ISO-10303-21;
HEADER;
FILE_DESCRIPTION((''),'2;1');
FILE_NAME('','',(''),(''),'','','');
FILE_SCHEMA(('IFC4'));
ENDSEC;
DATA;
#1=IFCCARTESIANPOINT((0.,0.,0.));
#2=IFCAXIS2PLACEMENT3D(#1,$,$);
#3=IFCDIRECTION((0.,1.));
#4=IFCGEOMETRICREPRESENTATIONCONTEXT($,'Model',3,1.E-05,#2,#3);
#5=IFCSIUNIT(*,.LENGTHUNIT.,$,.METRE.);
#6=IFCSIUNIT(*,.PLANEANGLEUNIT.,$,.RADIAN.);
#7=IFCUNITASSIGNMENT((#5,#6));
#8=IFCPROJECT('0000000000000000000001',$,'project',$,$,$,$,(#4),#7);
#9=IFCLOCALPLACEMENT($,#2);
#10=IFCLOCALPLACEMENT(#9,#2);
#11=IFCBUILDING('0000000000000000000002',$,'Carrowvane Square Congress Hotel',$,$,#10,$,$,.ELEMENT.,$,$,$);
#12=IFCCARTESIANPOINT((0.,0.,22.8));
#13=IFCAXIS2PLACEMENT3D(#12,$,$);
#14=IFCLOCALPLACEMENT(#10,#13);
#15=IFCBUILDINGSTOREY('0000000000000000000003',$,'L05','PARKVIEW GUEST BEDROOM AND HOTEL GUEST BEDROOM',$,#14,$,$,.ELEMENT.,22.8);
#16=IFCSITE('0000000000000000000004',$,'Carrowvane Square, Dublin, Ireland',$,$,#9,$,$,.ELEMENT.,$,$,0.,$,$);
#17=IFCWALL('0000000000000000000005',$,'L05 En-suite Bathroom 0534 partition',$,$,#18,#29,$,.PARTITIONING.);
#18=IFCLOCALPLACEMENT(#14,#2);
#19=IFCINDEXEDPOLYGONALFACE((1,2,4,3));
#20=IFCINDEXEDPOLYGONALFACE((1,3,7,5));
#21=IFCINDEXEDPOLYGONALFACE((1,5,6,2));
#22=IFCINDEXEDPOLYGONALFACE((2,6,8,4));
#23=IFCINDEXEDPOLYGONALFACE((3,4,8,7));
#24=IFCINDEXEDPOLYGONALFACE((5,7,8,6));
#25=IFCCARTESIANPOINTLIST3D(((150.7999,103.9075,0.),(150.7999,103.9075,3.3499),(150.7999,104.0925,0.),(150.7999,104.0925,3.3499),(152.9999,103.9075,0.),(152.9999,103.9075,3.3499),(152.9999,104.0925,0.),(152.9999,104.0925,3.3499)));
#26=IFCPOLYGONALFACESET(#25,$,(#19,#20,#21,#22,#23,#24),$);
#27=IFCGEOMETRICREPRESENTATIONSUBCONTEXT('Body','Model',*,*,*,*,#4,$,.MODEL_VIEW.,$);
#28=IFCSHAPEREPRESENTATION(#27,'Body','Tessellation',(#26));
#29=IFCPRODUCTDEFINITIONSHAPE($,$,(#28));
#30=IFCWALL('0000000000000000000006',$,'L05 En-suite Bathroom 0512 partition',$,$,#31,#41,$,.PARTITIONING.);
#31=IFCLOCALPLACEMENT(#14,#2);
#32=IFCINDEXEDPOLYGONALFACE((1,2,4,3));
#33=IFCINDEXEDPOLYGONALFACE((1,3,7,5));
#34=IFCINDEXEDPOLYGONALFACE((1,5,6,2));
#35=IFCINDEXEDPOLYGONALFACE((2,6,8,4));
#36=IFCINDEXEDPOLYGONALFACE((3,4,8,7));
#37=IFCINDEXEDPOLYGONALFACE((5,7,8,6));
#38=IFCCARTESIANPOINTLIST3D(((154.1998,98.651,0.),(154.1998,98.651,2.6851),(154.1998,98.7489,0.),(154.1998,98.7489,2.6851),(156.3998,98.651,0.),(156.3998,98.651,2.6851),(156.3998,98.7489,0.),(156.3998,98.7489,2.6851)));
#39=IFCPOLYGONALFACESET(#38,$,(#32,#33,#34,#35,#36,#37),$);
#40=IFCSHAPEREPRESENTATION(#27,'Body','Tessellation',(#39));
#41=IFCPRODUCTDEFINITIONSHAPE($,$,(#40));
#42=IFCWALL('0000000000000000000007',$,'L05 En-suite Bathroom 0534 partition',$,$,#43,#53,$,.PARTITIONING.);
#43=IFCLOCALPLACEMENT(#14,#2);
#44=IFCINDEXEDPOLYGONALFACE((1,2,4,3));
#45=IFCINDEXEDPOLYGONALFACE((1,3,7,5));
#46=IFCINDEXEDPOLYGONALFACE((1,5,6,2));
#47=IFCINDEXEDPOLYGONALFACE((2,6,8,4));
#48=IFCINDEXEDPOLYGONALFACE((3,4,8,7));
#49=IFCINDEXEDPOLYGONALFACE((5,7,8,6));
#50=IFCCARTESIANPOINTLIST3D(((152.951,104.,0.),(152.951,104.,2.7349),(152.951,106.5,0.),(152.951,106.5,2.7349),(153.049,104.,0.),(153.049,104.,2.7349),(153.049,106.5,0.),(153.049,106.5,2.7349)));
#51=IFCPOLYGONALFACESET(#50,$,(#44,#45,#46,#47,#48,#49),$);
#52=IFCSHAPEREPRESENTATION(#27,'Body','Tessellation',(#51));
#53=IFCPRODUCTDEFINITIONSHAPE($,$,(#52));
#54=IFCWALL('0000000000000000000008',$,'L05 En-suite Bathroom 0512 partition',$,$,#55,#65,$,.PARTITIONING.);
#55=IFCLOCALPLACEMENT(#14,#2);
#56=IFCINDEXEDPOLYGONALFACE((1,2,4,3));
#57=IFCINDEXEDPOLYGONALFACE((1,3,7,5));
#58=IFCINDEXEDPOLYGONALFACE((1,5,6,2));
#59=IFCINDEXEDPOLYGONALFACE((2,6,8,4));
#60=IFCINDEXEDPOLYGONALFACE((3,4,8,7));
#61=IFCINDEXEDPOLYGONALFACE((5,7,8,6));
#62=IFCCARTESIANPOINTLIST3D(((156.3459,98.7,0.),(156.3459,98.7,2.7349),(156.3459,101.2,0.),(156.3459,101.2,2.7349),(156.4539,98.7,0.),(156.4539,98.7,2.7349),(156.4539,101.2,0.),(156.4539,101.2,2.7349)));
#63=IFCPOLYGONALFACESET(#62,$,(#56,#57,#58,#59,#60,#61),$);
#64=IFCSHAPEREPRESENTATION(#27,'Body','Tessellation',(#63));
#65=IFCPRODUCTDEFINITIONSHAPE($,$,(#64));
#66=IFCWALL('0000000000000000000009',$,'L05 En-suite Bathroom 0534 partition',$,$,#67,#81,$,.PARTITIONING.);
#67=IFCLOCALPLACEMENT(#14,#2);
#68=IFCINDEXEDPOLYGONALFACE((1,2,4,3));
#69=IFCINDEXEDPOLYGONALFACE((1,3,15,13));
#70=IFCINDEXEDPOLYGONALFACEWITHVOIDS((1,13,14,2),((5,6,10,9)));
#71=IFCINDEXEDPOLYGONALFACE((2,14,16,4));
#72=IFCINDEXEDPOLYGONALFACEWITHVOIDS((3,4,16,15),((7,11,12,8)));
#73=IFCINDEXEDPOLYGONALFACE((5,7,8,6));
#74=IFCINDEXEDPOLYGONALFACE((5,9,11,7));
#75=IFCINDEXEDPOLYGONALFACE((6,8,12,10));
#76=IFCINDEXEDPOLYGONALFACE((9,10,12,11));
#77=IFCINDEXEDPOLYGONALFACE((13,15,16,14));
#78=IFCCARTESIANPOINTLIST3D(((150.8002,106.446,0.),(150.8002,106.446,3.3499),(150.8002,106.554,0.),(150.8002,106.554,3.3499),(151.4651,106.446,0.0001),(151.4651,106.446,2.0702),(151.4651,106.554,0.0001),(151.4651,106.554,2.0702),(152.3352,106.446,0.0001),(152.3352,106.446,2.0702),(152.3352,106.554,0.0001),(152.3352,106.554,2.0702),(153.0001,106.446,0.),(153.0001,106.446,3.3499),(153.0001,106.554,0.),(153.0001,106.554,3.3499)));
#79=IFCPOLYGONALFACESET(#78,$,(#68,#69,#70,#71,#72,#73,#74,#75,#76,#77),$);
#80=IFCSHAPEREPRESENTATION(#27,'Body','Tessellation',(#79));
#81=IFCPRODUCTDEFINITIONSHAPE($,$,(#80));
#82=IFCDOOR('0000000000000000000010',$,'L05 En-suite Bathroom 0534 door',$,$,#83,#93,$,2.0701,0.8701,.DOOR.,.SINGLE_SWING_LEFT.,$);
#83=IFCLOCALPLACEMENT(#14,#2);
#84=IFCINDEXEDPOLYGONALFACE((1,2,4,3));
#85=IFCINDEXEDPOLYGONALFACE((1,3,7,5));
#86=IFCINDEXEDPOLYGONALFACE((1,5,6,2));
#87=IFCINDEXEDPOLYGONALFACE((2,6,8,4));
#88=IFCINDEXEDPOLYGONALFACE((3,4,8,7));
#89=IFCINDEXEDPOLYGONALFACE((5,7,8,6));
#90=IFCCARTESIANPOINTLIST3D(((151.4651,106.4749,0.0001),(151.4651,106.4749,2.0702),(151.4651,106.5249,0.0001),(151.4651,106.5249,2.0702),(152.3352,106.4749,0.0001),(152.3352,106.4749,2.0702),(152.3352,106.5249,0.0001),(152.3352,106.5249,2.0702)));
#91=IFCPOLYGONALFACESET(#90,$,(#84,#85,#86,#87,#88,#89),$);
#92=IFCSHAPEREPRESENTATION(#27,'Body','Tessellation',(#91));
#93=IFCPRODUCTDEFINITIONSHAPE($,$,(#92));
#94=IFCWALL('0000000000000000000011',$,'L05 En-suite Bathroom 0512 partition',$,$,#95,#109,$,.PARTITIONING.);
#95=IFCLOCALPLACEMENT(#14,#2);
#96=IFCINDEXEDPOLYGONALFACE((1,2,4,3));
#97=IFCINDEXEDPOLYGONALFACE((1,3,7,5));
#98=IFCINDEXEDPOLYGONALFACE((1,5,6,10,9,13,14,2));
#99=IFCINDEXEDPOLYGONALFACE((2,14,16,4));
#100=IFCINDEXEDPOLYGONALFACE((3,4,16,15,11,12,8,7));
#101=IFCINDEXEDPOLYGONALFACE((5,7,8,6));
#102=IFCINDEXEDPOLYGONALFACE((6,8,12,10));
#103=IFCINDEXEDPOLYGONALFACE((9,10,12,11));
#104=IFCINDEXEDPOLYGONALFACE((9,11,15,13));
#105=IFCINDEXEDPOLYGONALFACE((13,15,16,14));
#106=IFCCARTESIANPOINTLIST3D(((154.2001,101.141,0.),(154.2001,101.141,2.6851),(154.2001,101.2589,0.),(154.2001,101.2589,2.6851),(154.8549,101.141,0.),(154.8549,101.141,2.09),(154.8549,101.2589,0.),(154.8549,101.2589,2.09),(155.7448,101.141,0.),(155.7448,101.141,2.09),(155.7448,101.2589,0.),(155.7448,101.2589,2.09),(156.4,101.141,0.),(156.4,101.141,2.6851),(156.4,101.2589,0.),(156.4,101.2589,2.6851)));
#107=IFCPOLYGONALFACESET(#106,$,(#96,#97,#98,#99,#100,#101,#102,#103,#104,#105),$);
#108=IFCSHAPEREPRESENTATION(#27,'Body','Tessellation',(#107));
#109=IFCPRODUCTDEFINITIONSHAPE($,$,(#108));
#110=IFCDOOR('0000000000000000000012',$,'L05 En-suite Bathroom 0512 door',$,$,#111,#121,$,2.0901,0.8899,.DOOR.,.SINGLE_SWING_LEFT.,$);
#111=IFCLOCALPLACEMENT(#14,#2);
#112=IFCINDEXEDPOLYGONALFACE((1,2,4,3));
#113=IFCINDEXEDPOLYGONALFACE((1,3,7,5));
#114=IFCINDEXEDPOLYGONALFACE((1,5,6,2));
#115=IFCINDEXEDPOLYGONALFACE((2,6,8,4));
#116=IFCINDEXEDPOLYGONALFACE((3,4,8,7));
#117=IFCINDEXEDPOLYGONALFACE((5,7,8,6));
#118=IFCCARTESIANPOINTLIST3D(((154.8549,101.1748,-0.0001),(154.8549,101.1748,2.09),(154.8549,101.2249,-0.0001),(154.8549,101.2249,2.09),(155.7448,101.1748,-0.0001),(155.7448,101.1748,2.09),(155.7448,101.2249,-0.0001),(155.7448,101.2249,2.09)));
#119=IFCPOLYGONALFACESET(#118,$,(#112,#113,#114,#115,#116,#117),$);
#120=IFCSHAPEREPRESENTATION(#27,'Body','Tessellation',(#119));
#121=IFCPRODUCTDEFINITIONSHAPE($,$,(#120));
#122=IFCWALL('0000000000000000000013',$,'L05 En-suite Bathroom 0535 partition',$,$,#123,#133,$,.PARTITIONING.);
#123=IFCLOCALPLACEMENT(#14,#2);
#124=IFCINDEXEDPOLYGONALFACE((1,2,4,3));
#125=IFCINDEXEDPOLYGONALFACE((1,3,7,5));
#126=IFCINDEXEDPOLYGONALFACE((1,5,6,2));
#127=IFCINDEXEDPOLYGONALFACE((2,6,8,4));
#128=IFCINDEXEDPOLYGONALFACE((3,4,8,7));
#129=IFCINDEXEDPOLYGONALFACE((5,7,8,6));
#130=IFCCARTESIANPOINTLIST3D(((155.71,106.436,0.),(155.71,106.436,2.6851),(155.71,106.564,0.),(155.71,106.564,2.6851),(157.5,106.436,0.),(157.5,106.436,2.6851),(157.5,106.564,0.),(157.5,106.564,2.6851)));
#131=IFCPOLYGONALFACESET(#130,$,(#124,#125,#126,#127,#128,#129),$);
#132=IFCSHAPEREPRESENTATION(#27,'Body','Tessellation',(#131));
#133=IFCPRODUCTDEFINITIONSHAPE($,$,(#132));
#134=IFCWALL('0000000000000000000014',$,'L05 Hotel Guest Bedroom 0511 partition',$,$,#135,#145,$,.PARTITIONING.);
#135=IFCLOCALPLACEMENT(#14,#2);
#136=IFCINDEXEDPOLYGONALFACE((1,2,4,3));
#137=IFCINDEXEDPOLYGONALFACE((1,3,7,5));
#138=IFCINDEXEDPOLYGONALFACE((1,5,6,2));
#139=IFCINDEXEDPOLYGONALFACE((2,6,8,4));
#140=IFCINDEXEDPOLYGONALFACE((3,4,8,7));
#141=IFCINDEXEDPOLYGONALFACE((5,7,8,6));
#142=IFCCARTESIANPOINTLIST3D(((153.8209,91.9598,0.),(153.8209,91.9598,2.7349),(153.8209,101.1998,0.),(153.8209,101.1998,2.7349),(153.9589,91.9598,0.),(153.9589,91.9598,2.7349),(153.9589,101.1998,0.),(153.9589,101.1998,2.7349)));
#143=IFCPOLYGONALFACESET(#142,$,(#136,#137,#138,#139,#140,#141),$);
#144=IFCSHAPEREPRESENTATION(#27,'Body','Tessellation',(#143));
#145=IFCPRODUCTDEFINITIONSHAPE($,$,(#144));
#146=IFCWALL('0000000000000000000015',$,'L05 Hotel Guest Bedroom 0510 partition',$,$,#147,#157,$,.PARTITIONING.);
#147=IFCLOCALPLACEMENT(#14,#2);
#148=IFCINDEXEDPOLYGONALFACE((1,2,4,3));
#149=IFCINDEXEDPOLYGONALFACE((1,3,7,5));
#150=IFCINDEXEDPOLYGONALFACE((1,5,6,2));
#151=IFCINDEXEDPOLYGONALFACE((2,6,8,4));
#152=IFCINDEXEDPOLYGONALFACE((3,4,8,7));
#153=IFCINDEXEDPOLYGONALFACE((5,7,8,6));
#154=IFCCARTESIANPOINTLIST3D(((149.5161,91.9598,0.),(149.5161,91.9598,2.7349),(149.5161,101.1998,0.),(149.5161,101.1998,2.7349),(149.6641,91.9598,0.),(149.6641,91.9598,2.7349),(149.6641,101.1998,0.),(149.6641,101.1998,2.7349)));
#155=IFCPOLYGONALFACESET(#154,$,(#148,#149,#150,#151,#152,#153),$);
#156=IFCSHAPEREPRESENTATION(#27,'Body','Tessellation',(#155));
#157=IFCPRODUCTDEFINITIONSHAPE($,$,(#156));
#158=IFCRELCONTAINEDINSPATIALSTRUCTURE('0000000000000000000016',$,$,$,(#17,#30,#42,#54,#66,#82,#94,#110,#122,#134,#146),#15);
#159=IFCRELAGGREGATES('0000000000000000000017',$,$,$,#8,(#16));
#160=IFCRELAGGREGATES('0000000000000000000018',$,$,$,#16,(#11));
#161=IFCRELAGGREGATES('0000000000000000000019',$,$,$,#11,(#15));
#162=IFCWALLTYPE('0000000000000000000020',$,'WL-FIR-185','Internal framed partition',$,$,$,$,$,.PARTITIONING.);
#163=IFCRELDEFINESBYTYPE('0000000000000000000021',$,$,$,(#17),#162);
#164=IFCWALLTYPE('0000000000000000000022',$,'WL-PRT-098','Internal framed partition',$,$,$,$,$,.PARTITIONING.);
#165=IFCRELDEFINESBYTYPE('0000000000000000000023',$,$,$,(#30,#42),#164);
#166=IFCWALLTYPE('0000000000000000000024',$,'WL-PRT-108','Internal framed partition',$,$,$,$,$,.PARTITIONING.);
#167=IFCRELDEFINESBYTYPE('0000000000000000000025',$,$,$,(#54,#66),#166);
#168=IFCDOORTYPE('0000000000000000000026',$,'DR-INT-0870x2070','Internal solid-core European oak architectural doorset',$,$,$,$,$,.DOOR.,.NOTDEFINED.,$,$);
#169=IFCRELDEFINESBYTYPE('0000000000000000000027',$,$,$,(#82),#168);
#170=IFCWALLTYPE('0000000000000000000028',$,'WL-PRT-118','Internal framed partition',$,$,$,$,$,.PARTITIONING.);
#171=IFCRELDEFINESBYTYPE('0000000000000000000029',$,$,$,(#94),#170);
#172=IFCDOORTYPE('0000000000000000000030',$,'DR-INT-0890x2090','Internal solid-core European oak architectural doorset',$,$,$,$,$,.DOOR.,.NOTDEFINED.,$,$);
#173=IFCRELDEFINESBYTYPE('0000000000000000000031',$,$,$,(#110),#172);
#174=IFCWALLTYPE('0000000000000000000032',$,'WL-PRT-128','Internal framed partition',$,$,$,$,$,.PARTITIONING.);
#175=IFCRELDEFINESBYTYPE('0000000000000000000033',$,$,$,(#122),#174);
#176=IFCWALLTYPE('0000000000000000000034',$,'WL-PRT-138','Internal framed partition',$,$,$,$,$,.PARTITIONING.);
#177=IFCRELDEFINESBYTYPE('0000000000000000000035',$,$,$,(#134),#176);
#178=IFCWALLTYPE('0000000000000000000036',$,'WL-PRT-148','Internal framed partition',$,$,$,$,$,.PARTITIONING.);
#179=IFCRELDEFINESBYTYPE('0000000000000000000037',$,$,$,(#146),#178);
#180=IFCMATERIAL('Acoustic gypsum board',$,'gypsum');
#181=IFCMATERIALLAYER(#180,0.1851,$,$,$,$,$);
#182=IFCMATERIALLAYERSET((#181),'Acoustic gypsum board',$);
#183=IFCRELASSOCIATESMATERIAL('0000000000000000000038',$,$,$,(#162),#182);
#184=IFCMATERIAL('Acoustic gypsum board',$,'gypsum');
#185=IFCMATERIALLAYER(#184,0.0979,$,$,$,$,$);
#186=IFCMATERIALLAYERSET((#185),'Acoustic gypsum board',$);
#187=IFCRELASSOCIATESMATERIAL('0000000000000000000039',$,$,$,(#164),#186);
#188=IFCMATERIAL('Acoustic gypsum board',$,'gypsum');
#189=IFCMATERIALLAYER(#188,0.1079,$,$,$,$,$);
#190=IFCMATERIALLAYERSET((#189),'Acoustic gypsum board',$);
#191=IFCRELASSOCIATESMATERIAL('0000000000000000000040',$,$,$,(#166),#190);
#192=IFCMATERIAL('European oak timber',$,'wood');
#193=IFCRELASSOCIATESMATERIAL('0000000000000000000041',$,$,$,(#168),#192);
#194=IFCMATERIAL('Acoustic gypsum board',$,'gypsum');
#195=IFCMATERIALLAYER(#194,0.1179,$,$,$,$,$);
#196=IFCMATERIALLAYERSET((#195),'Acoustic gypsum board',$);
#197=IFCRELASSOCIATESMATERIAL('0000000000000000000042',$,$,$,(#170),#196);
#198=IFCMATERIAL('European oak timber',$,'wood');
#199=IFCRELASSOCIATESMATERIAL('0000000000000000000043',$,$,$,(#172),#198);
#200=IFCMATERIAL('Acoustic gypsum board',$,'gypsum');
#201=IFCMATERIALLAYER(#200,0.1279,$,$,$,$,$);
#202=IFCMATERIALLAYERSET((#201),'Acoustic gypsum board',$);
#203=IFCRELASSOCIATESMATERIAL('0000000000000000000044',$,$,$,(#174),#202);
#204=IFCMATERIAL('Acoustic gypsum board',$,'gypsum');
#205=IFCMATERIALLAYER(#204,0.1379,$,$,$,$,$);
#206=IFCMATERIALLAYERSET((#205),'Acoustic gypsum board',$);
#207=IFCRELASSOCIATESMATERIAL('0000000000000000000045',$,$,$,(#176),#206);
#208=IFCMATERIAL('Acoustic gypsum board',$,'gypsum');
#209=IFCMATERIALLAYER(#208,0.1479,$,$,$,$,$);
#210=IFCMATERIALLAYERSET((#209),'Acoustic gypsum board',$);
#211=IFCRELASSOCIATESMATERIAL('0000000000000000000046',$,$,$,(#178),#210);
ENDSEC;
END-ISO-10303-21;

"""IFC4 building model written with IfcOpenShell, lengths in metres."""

from ifc_helpers import new_model, si_unit, direction, frame, frame_2d, origin, place, context, subcontext, project, spatial, rectangle, extrude, material, layer, layer_set, type_object, element, fill, save


model = new_model("IFC4")

# Units and contexts
model_context = context("Model", 3, precision=1e-05, world=origin(), true_north=direction((0.0, 1.0)))
body_context = subcontext(model_context, "Body", "Model", "MODEL_VIEW")
ifc_project = project(units=[si_unit("LENGTHUNIT", "METRE"), si_unit("PLANEANGLEUNIT", "RADIAN")], contexts=[model_context])

# Site, building, storey
site_placement = place(None, origin())
site = spatial("IfcSite", under=ifc_project, at=site_placement, Name="Carrowvane Square, Dublin, Ireland", CompositionType="ELEMENT", RefElevation=0.0)
building_placement = place(site_placement, origin())
building = spatial("IfcBuilding", under=site, at=building_placement, Name="Carrowvane Square Congress Hotel", CompositionType="ELEMENT")
storey_placement = place(building_placement, frame((0.0, 0.0, 22.8)))
storey = spatial("IfcBuildingStorey", under=building, at=storey_placement, Name="L05", Description="PARKVIEW GUEST BEDROOM AND HOTEL GUEST BEDROOM", CompositionType="ELEMENT", Elevation=22.8)

# Shared definitions
ifc_material_1 = material(Name="Acoustic gypsum board", Category="gypsum")
ifc_layer_1 = layer(ifc_material_1, 0.1851)
ifc_layer_set_1 = layer_set([ifc_layer_1], Name="Acoustic gypsum board")
wall_type_1 = type_object("IfcWallType", Name="WL-FIR-185", Description="Internal framed partition", PredefinedType="PARTITIONING", material=ifc_layer_set_1)

# Walls
wall_1_placement = place(storey_placement, frame((153.0, 104.0, 0.0), z_axis=(0.0, 0.0, 1.0), x_axis=(-1.0, 0.0, 0.0)))
element("IfcWall", 1, at=wall_1_placement, inside=storey, type_object=wall_type_1, Name="L05 En-suite Bathroom 0534 partition", PredefinedType="PARTITIONING", context=body_context, shape_type="SweptSolid", body=[
    extrude(rectangle(XDim=2.2, YDim=0.1851, at=frame_2d((1.1001, 0.0))), origin(), (0.0, 0.0, 1.0), 3.3499),
])
ifc_material_2 = material(Name="Acoustic gypsum board", Category="gypsum")
ifc_layer_2 = layer(ifc_material_2, 0.0979)
ifc_layer_set_2 = layer_set([ifc_layer_2], Name="Acoustic gypsum board")
wall_type_2 = type_object("IfcWallType", Name="WL-PRT-098", Description="Internal framed partition", PredefinedType="PARTITIONING", material=ifc_layer_set_2)
wall_2_placement = place(storey_placement, frame((156.3999, 98.7, 0.0), z_axis=(0.0, 0.0, 1.0), x_axis=(-1.0, 0.0, 0.0)))
element("IfcWall", 2, at=wall_2_placement, inside=storey, type_object=wall_type_2, Name="L05 En-suite Bathroom 0512 partition", PredefinedType="PARTITIONING", context=body_context, shape_type="SweptSolid", body=[
    extrude(rectangle(XDim=2.2, YDim=0.0979, at=frame_2d((1.1001, 0.0))), origin(), (0.0, 0.0, 1.0), 2.6851),
])
wall_3_placement = place(storey_placement, frame((153.0, 106.5, 0.0), z_axis=(0.0, 0.0, 1.0), x_axis=(0.0, -1.0, 0.0)))
element("IfcWall", 3, at=wall_3_placement, inside=storey, type_object=wall_type_2, Name="L05 En-suite Bathroom 0534 partition", PredefinedType="PARTITIONING", context=body_context, shape_type="SweptSolid", body=[
    extrude(rectangle(XDim=2.5, YDim=0.0979, at=frame_2d((1.25, 0.0))), origin(), (0.0, 0.0, 1.0), 2.7349),
])
ifc_material_3 = material(Name="Acoustic gypsum board", Category="gypsum")
ifc_layer_3 = layer(ifc_material_3, 0.1079)
ifc_layer_set_3 = layer_set([ifc_layer_3], Name="Acoustic gypsum board")
wall_type_3 = type_object("IfcWallType", Name="WL-PRT-108", Description="Internal framed partition", PredefinedType="PARTITIONING", material=ifc_layer_set_3)
wall_4_placement = place(storey_placement, frame((156.3999, 101.2, 0.0), z_axis=(0.0, 0.0, 1.0), x_axis=(0.0, -1.0, 0.0)))
element("IfcWall", 4, at=wall_4_placement, inside=storey, type_object=wall_type_3, Name="L05 En-suite Bathroom 0512 partition", PredefinedType="PARTITIONING", context=body_context, shape_type="SweptSolid", body=[
    extrude(rectangle(XDim=2.5, YDim=0.1079, at=frame_2d((1.25, 0.0))), origin(), (0.0, 0.0, 1.0), 2.7349),
])

# Walls, openings, doors
wall_5_placement = place(storey_placement, frame((150.8, 106.5, 0.0), z_axis=(0.0, 0.0, 1.0), x_axis=(1.0, 0.0, 0.0)))
wall_5 = element("IfcWall", 5, at=wall_5_placement, inside=storey, type_object=wall_type_3, Name="L05 En-suite Bathroom 0534 partition", PredefinedType="PARTITIONING", context=body_context, shape_type="SweptSolid", body=[
    extrude(rectangle(XDim=2.2, YDim=0.1079, at=frame_2d((1.1001, 0.0))), origin(), (0.0, 0.0, 1.0), 3.3499),
])
opening_1_placement = place(wall_5_placement, frame((0.665, 0.0, 0.0)))
opening_1 = element("IfcOpeningElement", 6, at=opening_1_placement, cuts=wall_5, PredefinedType="OPENING", context=body_context, shape_type="SweptSolid", body=[
    extrude(rectangle(XDim=0.8701, YDim=2.0701, at=frame_2d((0.4351, 1.0352))), frame((0.0, 0.064, 0.0), z_axis=(0.0, -1.0, 0.0), x_axis=(1.0, 0.0, 0.0)), (0.0, 0.0, 1.0), 0.1279),
])
ifc_material_4 = material(Name="European oak timber", Category="wood")
door_type_1 = type_object("IfcDoorType", Name="DR-INT-0870x2070", Description="Internal solid-core European oak architectural doorset", OperationType="NOTDEFINED", PredefinedType="DOOR", material=ifc_material_4)
door_1_placement = place(opening_1_placement, origin())
door_1 = element("IfcDoor", 7, at=door_1_placement, inside=storey, type_object=door_type_1, Name="L05 En-suite Bathroom 0534 door", OperationType="SINGLE_SWING_LEFT", OverallHeight=2.0701, OverallWidth=0.8701, PredefinedType="DOOR", context=body_context, shape_type="SweptSolid", body=[
    extrude(rectangle(XDim=0.8701, YDim=2.0701, at=frame_2d((0.4351, 1.0352))), frame((0.0, 0.0249, 0.0), z_axis=(0.0, -1.0, 0.0), x_axis=(1.0, 0.0, 0.0)), (0.0, 0.0, 1.0), 0.05),
])
fill(opening_1, door_1)
ifc_material_5 = material(Name="Acoustic gypsum board", Category="gypsum")
ifc_layer_4 = layer(ifc_material_5, 0.1179)
ifc_layer_set_4 = layer_set([ifc_layer_4], Name="Acoustic gypsum board")
wall_type_4 = type_object("IfcWallType", Name="WL-PRT-118", Description="Internal framed partition", PredefinedType="PARTITIONING", material=ifc_layer_set_4)
wall_6_placement = place(storey_placement, frame((154.2, 101.2, 0.0), z_axis=(0.0, 0.0, 1.0), x_axis=(1.0, 0.0, 0.0)))
wall_6 = element("IfcWall", 8, at=wall_6_placement, inside=storey, type_object=wall_type_4, Name="L05 En-suite Bathroom 0512 partition", PredefinedType="PARTITIONING", context=body_context, shape_type="SweptSolid", body=[
    extrude(rectangle(XDim=2.2, YDim=0.1179, at=frame_2d((1.1001, 0.0))), origin(), (0.0, 0.0, 1.0), 2.6851),
])
opening_2_placement = place(wall_6_placement, frame((0.655, 0.0, 0.0)))
opening_2 = element("IfcOpeningElement", 9, at=opening_2_placement, cuts=wall_6, PredefinedType="OPENING", context=body_context, shape_type="SweptSolid", body=[
    extrude(rectangle(XDim=0.8899, YDim=2.0901, at=frame_2d((0.4448, 1.0449))), frame((0.0, 0.0688, 0.0), z_axis=(0.0, -1.0, 0.0), x_axis=(1.0, 0.0, 0.0)), (0.0, 0.0, 1.0), 0.1379),
])
ifc_material_6 = material(Name="European oak timber", Category="wood")
door_type_2 = type_object("IfcDoorType", Name="DR-INT-0890x2090", Description="Internal solid-core European oak architectural doorset", OperationType="NOTDEFINED", PredefinedType="DOOR", material=ifc_material_6)
door_2_placement = place(opening_2_placement, origin())
door_2 = element("IfcDoor", 10, at=door_2_placement, inside=storey, type_object=door_type_2, Name="L05 En-suite Bathroom 0512 door", OperationType="SINGLE_SWING_LEFT", OverallHeight=2.0901, OverallWidth=0.8899, PredefinedType="DOOR", context=body_context, shape_type="SweptSolid", body=[
    extrude(rectangle(XDim=0.8899, YDim=2.0901, at=frame_2d((0.4448, 1.0449))), frame((0.0, 0.0249, 0.0), z_axis=(0.0, -1.0, 0.0), x_axis=(1.0, 0.0, 0.0)), (0.0, 0.0, 1.0), 0.05),
])
fill(opening_2, door_2)

# Walls
ifc_material_7 = material(Name="Acoustic gypsum board", Category="gypsum")
ifc_layer_5 = layer(ifc_material_7, 0.1279)
ifc_layer_set_5 = layer_set([ifc_layer_5], Name="Acoustic gypsum board")
wall_type_5 = type_object("IfcWallType", Name="WL-PRT-128", Description="Internal framed partition", PredefinedType="PARTITIONING", material=ifc_layer_set_5)
wall_7_placement = place(storey_placement, frame((155.71, 106.5, 0.0), z_axis=(0.0, 0.0, 1.0), x_axis=(1.0, 0.0, 0.0)))
element("IfcWall", 11, at=wall_7_placement, inside=storey, type_object=wall_type_5, Name="L05 En-suite Bathroom 0535 partition", PredefinedType="PARTITIONING", context=body_context, shape_type="SweptSolid", body=[
    extrude(rectangle(XDim=1.79, YDim=0.1279, at=frame_2d((0.895, 0.0))), origin(), (0.0, 0.0, 1.0), 2.6851),
])
ifc_material_8 = material(Name="Acoustic gypsum board", Category="gypsum")
ifc_layer_6 = layer(ifc_material_8, 0.1379)
ifc_layer_set_6 = layer_set([ifc_layer_6], Name="Acoustic gypsum board")
wall_type_6 = type_object("IfcWallType", Name="WL-PRT-138", Description="Internal framed partition", PredefinedType="PARTITIONING", material=ifc_layer_set_6)
wall_8_placement = place(storey_placement, frame((153.8899, 101.2, 0.0), z_axis=(0.0, 0.0, 1.0), x_axis=(0.0, -1.0, 0.0)))
element("IfcWall", 12, at=wall_8_placement, inside=storey, type_object=wall_type_6, Name="L05 Hotel Guest Bedroom 0511 partition", PredefinedType="PARTITIONING", context=body_context, shape_type="SweptSolid", body=[
    extrude(rectangle(XDim=9.24, YDim=0.1379, at=frame_2d((4.6201, 0.0))), origin(), (0.0, 0.0, 1.0), 2.7349),
])
ifc_material_9 = material(Name="Acoustic gypsum board", Category="gypsum")
ifc_layer_7 = layer(ifc_material_9, 0.1479)
ifc_layer_set_7 = layer_set([ifc_layer_7], Name="Acoustic gypsum board")
wall_type_7 = type_object("IfcWallType", Name="WL-PRT-148", Description="Internal framed partition", PredefinedType="PARTITIONING", material=ifc_layer_set_7)
wall_9_placement = place(storey_placement, frame((149.5901, 101.2, 0.0), z_axis=(0.0, 0.0, 1.0), x_axis=(0.0, -1.0, 0.0)))
element("IfcWall", 13, at=wall_9_placement, inside=storey, type_object=wall_type_7, Name="L05 Hotel Guest Bedroom 0510 partition", PredefinedType="PARTITIONING", context=body_context, shape_type="SweptSolid", body=[
    extrude(rectangle(XDim=9.24, YDim=0.1479, at=frame_2d((4.6201, 0.0))), origin(), (0.0, 0.0, 1.0), 2.7349),
])

save(model, "model.ifc")
